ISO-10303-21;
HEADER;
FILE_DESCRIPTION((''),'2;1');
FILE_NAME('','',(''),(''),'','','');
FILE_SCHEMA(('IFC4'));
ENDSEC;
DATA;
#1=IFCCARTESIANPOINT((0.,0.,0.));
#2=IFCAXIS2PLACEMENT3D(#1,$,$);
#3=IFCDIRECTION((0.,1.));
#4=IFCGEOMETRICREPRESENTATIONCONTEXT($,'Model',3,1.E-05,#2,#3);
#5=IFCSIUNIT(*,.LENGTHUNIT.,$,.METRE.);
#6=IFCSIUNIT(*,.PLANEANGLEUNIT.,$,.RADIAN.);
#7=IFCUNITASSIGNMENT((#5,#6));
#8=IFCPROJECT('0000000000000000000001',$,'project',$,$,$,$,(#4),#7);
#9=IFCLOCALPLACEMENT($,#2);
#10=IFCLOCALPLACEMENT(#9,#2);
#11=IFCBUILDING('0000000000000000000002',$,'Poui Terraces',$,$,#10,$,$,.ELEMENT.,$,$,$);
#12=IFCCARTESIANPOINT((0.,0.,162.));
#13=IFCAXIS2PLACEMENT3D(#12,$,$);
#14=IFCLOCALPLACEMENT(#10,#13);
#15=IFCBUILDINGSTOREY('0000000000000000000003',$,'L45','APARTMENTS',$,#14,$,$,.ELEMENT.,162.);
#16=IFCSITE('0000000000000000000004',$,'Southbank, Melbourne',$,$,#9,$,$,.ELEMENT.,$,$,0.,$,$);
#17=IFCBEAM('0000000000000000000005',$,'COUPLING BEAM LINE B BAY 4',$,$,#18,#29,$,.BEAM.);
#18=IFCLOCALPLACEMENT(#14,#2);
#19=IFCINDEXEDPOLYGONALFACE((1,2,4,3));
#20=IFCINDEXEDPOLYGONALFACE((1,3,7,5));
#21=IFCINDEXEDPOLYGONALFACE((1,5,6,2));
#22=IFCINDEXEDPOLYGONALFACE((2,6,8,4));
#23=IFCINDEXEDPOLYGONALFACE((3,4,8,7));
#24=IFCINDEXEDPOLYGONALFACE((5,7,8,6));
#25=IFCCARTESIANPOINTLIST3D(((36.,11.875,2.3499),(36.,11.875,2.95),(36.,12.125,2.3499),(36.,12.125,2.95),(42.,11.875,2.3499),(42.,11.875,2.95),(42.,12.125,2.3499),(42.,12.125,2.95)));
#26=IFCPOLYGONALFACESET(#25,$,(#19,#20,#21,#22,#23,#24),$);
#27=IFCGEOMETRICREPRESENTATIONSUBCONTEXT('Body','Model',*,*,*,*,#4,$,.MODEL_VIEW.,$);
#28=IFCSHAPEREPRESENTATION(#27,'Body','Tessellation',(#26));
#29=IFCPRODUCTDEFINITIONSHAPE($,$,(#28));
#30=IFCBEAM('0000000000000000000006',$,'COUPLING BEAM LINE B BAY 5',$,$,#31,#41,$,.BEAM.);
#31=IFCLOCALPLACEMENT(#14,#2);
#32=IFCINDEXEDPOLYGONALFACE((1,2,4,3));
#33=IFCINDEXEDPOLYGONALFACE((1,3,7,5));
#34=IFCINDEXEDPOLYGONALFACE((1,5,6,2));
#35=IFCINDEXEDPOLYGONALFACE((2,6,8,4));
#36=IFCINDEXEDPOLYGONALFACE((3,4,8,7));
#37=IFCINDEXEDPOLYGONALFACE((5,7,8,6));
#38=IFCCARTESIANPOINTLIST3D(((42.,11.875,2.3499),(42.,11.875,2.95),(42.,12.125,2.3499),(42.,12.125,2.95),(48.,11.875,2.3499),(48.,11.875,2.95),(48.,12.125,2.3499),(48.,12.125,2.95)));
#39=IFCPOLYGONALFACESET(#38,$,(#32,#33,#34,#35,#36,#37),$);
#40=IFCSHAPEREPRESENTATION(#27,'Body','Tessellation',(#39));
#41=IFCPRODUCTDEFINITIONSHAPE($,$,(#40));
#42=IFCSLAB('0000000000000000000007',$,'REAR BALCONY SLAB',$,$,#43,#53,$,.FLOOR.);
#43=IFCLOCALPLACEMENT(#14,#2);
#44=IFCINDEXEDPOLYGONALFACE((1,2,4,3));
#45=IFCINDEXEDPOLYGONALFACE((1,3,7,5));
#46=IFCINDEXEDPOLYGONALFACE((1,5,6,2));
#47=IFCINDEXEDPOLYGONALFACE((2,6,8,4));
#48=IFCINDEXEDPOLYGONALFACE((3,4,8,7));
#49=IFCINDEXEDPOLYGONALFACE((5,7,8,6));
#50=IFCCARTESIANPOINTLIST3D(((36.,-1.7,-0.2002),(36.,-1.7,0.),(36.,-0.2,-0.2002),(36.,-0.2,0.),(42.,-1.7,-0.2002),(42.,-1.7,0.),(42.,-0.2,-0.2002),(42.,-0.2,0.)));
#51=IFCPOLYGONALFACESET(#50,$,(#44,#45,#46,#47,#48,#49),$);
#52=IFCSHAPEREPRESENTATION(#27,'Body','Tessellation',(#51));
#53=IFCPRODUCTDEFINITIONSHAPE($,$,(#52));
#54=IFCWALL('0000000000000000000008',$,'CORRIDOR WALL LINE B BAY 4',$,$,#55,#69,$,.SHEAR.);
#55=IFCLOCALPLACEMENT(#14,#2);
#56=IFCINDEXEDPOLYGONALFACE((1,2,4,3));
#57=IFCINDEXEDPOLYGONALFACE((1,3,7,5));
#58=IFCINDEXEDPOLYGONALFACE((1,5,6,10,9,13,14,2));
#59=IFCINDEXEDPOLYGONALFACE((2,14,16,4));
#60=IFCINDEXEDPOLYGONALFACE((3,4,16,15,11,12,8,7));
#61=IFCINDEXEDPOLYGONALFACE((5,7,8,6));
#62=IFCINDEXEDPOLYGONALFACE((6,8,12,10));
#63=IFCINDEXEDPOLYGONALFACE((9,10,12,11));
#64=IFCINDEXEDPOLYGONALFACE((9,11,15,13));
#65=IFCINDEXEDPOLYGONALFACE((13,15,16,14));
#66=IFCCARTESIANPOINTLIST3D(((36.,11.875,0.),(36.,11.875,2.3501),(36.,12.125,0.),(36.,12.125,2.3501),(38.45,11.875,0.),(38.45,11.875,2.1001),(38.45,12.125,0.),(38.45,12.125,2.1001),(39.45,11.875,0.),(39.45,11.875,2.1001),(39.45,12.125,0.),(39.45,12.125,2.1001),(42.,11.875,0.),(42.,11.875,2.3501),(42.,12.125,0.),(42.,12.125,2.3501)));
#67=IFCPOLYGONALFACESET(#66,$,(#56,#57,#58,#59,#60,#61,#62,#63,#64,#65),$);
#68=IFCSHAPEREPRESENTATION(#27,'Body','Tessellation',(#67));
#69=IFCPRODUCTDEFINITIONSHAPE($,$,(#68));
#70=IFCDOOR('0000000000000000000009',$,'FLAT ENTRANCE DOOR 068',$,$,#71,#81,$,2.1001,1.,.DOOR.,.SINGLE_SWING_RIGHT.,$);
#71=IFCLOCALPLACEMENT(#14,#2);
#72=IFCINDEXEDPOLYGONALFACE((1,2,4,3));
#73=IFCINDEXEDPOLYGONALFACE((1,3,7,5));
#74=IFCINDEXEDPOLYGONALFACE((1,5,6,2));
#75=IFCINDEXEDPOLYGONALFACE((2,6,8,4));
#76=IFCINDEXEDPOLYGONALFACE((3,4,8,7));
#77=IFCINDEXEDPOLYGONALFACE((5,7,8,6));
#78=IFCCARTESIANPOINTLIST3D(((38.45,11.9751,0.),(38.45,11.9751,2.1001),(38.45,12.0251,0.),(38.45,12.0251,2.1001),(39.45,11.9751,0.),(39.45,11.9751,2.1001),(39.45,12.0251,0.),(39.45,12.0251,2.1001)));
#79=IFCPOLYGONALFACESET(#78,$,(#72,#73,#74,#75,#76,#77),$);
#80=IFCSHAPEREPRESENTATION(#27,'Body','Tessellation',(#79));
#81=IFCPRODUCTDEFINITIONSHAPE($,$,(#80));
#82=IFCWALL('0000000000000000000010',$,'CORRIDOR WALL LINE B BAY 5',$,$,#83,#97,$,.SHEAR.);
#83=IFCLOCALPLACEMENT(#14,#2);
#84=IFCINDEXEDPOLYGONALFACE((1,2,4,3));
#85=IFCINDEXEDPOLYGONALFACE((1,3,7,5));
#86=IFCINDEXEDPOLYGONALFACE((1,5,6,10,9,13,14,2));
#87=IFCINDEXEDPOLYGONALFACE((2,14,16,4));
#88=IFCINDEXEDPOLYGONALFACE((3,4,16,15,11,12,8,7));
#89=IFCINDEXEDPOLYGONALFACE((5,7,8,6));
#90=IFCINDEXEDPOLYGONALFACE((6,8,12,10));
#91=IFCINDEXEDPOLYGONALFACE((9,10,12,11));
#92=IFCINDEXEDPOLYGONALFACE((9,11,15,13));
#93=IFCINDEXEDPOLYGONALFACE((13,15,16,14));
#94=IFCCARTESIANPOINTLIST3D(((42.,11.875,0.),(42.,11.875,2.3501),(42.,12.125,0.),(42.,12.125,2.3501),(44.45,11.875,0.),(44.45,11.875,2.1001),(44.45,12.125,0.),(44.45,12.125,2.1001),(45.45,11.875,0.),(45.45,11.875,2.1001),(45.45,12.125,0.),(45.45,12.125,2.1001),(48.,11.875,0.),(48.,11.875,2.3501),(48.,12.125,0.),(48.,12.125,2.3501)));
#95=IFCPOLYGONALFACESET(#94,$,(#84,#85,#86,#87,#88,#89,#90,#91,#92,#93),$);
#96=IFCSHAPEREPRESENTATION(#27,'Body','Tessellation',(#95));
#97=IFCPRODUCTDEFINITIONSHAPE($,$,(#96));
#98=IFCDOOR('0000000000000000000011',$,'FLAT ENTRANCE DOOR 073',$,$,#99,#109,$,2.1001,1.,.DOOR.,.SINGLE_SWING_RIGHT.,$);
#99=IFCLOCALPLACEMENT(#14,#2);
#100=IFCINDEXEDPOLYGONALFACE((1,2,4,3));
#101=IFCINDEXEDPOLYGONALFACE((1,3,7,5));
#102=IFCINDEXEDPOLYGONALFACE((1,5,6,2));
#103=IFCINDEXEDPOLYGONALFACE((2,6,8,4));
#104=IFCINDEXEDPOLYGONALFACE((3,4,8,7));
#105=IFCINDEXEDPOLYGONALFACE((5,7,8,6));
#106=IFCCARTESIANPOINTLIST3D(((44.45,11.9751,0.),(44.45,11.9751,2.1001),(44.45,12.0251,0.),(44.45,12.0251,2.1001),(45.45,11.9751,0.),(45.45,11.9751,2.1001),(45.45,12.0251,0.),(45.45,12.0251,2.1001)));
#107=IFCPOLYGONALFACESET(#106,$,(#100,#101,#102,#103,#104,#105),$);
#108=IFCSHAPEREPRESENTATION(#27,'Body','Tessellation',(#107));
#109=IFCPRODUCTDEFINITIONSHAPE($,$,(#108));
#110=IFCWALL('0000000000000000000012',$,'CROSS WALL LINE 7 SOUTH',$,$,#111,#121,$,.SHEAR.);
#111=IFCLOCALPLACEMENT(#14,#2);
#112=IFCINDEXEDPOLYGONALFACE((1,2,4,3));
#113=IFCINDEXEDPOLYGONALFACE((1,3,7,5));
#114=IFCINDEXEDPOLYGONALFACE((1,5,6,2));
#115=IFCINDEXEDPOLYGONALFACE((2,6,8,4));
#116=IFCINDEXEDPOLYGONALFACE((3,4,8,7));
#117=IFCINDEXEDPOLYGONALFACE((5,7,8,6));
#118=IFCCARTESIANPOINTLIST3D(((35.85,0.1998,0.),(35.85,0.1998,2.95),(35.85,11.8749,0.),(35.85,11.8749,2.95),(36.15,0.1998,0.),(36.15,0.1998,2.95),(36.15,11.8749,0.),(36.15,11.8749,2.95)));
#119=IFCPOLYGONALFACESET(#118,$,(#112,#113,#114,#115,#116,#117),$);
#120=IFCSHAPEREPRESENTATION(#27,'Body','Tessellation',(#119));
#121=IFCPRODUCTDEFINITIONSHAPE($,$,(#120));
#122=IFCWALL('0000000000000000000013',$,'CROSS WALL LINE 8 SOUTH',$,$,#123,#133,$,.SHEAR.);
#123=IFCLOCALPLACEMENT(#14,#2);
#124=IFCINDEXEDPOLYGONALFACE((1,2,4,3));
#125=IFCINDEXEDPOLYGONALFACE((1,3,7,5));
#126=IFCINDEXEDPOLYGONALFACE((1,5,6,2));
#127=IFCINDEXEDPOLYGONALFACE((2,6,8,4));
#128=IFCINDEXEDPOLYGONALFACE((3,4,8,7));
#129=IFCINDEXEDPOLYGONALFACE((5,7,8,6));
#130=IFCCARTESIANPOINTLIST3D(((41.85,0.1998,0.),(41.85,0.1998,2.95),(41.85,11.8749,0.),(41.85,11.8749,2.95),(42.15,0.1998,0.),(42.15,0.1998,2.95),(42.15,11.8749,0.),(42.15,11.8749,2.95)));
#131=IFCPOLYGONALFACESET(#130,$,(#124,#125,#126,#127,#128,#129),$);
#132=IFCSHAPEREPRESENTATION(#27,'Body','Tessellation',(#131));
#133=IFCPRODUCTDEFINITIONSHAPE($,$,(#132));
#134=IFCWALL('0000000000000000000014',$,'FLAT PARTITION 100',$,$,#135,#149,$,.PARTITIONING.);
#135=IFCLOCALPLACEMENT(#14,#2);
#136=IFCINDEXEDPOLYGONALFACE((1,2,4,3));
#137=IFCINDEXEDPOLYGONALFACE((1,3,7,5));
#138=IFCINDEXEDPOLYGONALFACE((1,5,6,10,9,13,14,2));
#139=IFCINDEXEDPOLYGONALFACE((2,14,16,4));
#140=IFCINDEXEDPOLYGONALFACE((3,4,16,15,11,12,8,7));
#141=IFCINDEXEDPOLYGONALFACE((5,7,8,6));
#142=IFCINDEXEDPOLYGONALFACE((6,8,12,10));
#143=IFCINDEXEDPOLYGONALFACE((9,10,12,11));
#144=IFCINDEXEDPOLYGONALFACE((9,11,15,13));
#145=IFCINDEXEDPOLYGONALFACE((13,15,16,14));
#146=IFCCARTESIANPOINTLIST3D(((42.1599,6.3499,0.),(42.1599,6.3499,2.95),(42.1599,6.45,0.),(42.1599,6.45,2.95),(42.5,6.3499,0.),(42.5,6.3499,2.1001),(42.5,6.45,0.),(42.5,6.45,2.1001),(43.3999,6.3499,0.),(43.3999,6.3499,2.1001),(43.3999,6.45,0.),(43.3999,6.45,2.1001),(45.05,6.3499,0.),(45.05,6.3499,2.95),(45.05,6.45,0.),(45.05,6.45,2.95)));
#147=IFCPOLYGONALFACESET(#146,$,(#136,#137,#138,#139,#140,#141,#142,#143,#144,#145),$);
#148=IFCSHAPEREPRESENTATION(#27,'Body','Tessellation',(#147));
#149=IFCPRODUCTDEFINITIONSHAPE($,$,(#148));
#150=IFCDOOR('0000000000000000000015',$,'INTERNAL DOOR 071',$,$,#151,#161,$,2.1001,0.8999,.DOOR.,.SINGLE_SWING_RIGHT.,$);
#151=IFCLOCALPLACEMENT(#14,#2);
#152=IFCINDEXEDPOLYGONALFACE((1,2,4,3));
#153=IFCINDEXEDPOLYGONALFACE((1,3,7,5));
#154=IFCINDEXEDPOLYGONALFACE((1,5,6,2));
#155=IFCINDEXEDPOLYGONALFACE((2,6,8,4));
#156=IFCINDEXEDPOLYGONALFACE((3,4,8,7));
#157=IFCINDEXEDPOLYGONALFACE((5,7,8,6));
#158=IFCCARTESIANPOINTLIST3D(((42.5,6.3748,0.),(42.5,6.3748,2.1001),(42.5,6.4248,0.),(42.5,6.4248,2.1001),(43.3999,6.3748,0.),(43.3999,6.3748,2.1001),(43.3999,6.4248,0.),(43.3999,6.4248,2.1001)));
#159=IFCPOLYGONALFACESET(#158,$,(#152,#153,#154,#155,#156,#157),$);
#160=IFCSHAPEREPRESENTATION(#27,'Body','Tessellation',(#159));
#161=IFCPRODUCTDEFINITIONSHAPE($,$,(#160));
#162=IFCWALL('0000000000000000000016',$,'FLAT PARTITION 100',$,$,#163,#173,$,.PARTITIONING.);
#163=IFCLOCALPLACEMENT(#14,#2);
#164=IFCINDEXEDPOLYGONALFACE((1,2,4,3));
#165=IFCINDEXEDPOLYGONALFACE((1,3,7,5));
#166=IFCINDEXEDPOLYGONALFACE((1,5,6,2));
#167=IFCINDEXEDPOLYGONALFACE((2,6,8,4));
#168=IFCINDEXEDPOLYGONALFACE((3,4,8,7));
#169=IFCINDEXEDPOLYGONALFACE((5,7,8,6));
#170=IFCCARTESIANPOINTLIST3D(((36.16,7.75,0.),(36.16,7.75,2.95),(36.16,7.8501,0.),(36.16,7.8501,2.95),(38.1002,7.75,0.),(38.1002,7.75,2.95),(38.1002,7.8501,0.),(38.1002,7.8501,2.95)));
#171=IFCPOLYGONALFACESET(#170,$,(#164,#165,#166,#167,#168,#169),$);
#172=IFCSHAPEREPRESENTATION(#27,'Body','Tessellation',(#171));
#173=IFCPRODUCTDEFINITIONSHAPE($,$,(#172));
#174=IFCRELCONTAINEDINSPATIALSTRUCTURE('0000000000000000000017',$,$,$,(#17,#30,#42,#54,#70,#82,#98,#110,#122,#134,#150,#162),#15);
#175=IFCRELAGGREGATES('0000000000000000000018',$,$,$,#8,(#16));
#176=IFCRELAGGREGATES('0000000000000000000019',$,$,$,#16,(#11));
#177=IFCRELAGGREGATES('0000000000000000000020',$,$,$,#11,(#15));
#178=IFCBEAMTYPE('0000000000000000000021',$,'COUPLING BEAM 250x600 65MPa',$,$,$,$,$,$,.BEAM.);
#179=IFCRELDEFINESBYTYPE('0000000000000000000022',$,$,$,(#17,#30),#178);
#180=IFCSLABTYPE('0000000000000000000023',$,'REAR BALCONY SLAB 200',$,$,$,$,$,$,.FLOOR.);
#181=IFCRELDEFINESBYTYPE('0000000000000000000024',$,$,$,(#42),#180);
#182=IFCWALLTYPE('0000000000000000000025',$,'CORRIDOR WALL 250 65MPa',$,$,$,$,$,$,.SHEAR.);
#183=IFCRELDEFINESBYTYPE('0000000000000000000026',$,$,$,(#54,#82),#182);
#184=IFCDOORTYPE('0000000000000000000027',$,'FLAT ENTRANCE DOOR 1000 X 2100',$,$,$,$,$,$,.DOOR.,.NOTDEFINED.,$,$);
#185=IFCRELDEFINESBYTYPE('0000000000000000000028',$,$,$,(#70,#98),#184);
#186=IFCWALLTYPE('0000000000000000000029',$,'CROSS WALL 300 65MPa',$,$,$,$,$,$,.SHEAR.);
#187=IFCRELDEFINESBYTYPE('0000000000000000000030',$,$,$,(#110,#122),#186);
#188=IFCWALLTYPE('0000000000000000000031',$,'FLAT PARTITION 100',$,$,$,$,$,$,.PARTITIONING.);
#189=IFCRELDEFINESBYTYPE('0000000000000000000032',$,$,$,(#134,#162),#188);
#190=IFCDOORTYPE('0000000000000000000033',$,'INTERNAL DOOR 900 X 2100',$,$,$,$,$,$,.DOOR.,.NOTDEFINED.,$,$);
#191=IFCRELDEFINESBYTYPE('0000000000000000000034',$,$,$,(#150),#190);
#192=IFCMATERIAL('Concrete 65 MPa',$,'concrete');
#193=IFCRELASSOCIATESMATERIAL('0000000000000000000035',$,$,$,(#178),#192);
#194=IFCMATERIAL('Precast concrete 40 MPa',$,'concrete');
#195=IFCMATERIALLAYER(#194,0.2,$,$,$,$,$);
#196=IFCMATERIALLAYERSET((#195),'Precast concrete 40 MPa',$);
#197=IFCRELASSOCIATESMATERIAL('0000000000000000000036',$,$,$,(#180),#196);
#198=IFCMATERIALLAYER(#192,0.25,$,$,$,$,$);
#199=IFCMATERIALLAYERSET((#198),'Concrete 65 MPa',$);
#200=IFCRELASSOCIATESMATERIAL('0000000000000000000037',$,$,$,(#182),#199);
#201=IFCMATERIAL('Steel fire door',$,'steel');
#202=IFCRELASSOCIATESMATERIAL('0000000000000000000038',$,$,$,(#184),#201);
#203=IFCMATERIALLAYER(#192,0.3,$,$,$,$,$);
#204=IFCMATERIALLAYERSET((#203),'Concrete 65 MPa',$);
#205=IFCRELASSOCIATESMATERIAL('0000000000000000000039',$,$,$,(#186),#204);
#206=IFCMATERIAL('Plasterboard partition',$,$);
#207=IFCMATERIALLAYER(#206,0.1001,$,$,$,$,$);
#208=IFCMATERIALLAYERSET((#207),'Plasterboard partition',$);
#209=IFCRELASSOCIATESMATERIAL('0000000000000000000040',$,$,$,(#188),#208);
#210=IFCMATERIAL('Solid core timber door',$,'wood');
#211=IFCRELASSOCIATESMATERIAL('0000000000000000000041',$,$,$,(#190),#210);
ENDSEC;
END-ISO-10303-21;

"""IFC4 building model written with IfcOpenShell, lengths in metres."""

from ifc_helpers import new_model, si_unit, direction, frame, frame_2d, origin, origin_2d, place, context, subcontext, project, spatial, polyline, rectangle, outline, extrude, source, transform, mapped, material, layer, layer_set, material_profile, profile_set, type_object, element, fill, save


model = new_model("IFC4")

# Units and contexts
model_context = context("Model", 3, precision=1e-05, world=origin(), true_north=direction((0.0, 1.0)))
body_context = subcontext(model_context, "Body", "Model", "MODEL_VIEW")
ifc_project = project(units=[si_unit("LENGTHUNIT", "METRE"), si_unit("PLANEANGLEUNIT", "RADIAN")], contexts=[model_context])

# Site, building, storey
site_placement = place(None, origin())
site = spatial("IfcSite", under=ifc_project, at=site_placement, Name="Southbank, Melbourne", CompositionType="ELEMENT", RefElevation=0.0)
building_placement = place(site_placement, origin())
building = spatial("IfcBuilding", under=site, at=building_placement, Name="Poui Terraces", CompositionType="ELEMENT")
storey_placement = place(building_placement, frame((0.0, 0.0, 162.0)))
storey = spatial("IfcBuildingStorey", under=building, at=storey_placement, Name="L45", Description="APARTMENTS", CompositionType="ELEMENT", Elevation=162.0)

# Beams
ifc_material_1 = material(Name="Concrete 65 MPa", Category="concrete")
ifc_material_profile_1 = material_profile(ifc_material_1, rectangle(XDim=0.25, YDim=0.6001, at=origin_2d()), Name="RC 250x600")
ifc_profile_set_1 = profile_set([ifc_material_profile_1], Name="Concrete 65 MPa")
beam_type = type_object("IfcBeamType", Name="COUPLING BEAM 250x600 65MPa", PredefinedType="BEAM", material=ifc_profile_set_1)
shared_shape_1 = source(origin(), body_context, "Body", "SweptSolid", [
    extrude(rectangle(XDim=0.25, YDim=0.6001, at=origin_2d()), origin(), (0.0, 0.0, 1.0), 6.0),
])
for number, where, z_axis, x_axis, name in (
    (1, (36.0, 12.0, 2.6499), (1.0, 0.0, 0.0), (0.0, 1.0, 0.0), "COUPLING BEAM LINE B BAY 4"),
    (2, (42.0, 12.0, 2.6499), (1.0, 0.0, 0.0), (0.0, 1.0, 0.0), "COUPLING BEAM LINE B BAY 5"),
):
    element("IfcBeam", number, at=place(storey_placement, frame(where, z_axis=z_axis, x_axis=x_axis)), inside=storey, type_object=beam_type, Name=name, PredefinedType="BEAM", context=body_context, shape_type="MappedRepresentation", body=[
        mapped(shared_shape_1, transform((0.0, 0.0, 0.0))),
    ])

# Slab
ifc_material_2 = material(Name="Precast concrete 40 MPa", Category="concrete")
ifc_layer_1 = layer(ifc_material_2, 0.2)
ifc_layer_set_1 = layer_set([ifc_layer_1], Name="Precast concrete 40 MPa")
slab_type = type_object("IfcSlabType", Name="REAR BALCONY SLAB 200", PredefinedType="FLOOR", material=ifc_layer_set_1)
shared_shape_2 = source(origin(), body_context, "Body", "SweptSolid", [
    extrude(outline(polyline([(0.0, 0.0), (6.0, 0.0), (6.0, 1.5), (0.0, 1.5), (0.0, 0.0)])), origin(), (0.0, 0.0, 1.0), 0.2002),
])
slab_placement = place(storey_placement, frame((36.0, -1.7, -0.2002)))
element("IfcSlab", 3, at=slab_placement, inside=storey, type_object=slab_type, Name="REAR BALCONY SLAB", PredefinedType="FLOOR", context=body_context, shape_type="MappedRepresentation", body=[
    mapped(shared_shape_2, transform((0.0, 0.0, 0.0))),
])

# Walls, openings, doors
ifc_layer_2 = layer(ifc_material_1, 0.25)
ifc_layer_set_2 = layer_set([ifc_layer_2], Name="Concrete 65 MPa")
wall_type_1 = type_object("IfcWallType", Name="CORRIDOR WALL 250 65MPa", PredefinedType="SHEAR", material=ifc_layer_set_2)
wall_1_placement = place(storey_placement, frame((36.0, 12.0, 0.0), z_axis=(0.0, 0.0, 1.0), x_axis=(1.0, 0.0, 0.0)))
wall_1 = element("IfcWall", 4, at=wall_1_placement, inside=storey, type_object=wall_type_1, Name="CORRIDOR WALL LINE B BAY 4", PredefinedType="SHEAR", context=body_context, shape_type="SweptSolid", body=[
    extrude(rectangle(XDim=6.0, YDim=0.25, at=frame_2d((3.0, 0.0))), origin(), (0.0, 0.0, 1.0), 2.3501),
])
opening_1_placement = place(wall_1_placement, frame((2.45, 0.0, 0.0)))
opening_1 = element("IfcOpeningElement", 5, at=opening_1_placement, cuts=wall_1, PredefinedType="OPENING", context=body_context, shape_type="SweptSolid", body=[
    extrude(rectangle(XDim=1.0, YDim=2.1001, at=frame_2d((0.5, 1.05))), frame((0.0, 0.135, 0.0), z_axis=(0.0, -1.0, 0.0), x_axis=(1.0, 0.0, 0.0)), (0.0, 0.0, 1.0), 0.27),
])
ifc_material_3 = material(Name="Steel fire door", Category="steel")
door_type_1 = type_object("IfcDoorType", Name="FLAT ENTRANCE DOOR 1000 X 2100", OperationType="NOTDEFINED", PredefinedType="DOOR", material=ifc_material_3)
door_1_placement = place(opening_1_placement, frame((1.0, 0.0, 0.0), z_axis=(0.0, 0.0, 1.0), x_axis=(-1.0, 0.0, 0.0)))
door_1 = element("IfcDoor", 6, at=door_1_placement, inside=storey, type_object=door_type_1, Name="FLAT ENTRANCE DOOR 068", OperationType="SINGLE_SWING_RIGHT", OverallHeight=2.1001, OverallWidth=1.0, PredefinedType="DOOR", context=body_context, shape_type="SweptSolid", body=[
    extrude(rectangle(XDim=1.0, YDim=2.1001, at=frame_2d((0.5, 1.05))), frame((0.0, 0.0249, 0.0), z_axis=(0.0, -1.0, 0.0), x_axis=(1.0, 0.0, 0.0)), (0.0, 0.0, 1.0), 0.05),
])
fill(opening_1, door_1)
wall_2_placement = place(storey_placement, frame((42.0, 12.0, 0.0), z_axis=(0.0, 0.0, 1.0), x_axis=(1.0, 0.0, 0.0)))
wall_2 = element("IfcWall", 7, at=wall_2_placement, inside=storey, type_object=wall_type_1, Name="CORRIDOR WALL LINE B BAY 5", PredefinedType="SHEAR", context=body_context, shape_type="SweptSolid", body=[
    extrude(rectangle(XDim=6.0, YDim=0.25, at=frame_2d((3.0, 0.0))), origin(), (0.0, 0.0, 1.0), 2.3501),
])
opening_2_placement = place(wall_2_placement, frame((2.45, 0.0, 0.0)))
opening_2 = element("IfcOpeningElement", 8, at=opening_2_placement, cuts=wall_2, PredefinedType="OPENING", context=body_context, shape_type="SweptSolid", body=[
    extrude(rectangle(XDim=1.0, YDim=2.1001, at=frame_2d((0.5, 1.05))), frame((0.0, 0.135, 0.0), z_axis=(0.0, -1.0, 0.0), x_axis=(1.0, 0.0, 0.0)), (0.0, 0.0, 1.0), 0.27),
])
door_2_placement = place(opening_2_placement, frame((1.0, 0.0, 0.0), z_axis=(0.0, 0.0, 1.0), x_axis=(-1.0, 0.0, 0.0)))
door_2 = element("IfcDoor", 9, at=door_2_placement, inside=storey, type_object=door_type_1, Name="FLAT ENTRANCE DOOR 073", OperationType="SINGLE_SWING_RIGHT", OverallHeight=2.1001, OverallWidth=1.0, PredefinedType="DOOR", context=body_context, shape_type="SweptSolid", body=[
    extrude(rectangle(XDim=1.0, YDim=2.1001, at=frame_2d((0.5, 1.05))), frame((0.0, 0.0249, 0.0), z_axis=(0.0, -1.0, 0.0), x_axis=(1.0, 0.0, 0.0)), (0.0, 0.0, 1.0), 0.05),
])
fill(opening_2, door_2)

# Walls
ifc_layer_3 = layer(ifc_material_1, 0.3)
ifc_layer_set_3 = layer_set([ifc_layer_3], Name="Concrete 65 MPa")
wall_type_2 = type_object("IfcWallType", Name="CROSS WALL 300 65MPa", PredefinedType="SHEAR", material=ifc_layer_set_3)
for number, where, z_axis, x_axis, name in (
    (10, (36.0, 0.2, 0.0), (0.0, 0.0, 1.0), (0.0, 1.0, 0.0), "CROSS WALL LINE 7 SOUTH"),
    (11, (42.0, 0.2, 0.0), (0.0, 0.0, 1.0), (0.0, 1.0, 0.0), "CROSS WALL LINE 8 SOUTH"),
):
    element("IfcWall", number, at=place(storey_placement, frame(where, z_axis=z_axis, x_axis=x_axis)), inside=storey, type_object=wall_type_2, Name=name, PredefinedType="SHEAR", context=body_context, shape_type="SweptSolid", body=[
        extrude(rectangle(XDim=11.675, YDim=0.3, at=frame_2d((5.8374, 0.0))), origin(), (0.0, 0.0, 1.0), 2.95),
    ])

# Wall, opening, door
ifc_material_4 = material(Name="Plasterboard partition")
ifc_layer_4 = layer(ifc_material_4, 0.1001)
ifc_layer_set_4 = layer_set([ifc_layer_4], Name="Plasterboard partition")
wall_type_3 = type_object("IfcWallType", Name="FLAT PARTITION 100", PredefinedType="PARTITIONING", material=ifc_layer_set_4)
wall_3_placement = place(storey_placement, frame((42.1599, 6.3999, 0.0), z_axis=(0.0, 0.0, 1.0), x_axis=(1.0, 0.0, 0.0)))
wall_3 = element("IfcWall", 12, at=wall_3_placement, inside=storey, type_object=wall_type_3, Name="FLAT PARTITION 100", PredefinedType="PARTITIONING", context=body_context, shape_type="SweptSolid", body=[
    extrude(rectangle(XDim=2.8901, YDim=0.1001, at=frame_2d((1.4451, 0.0))), origin(), (0.0, 0.0, 1.0), 2.95),
])
opening_3_placement = place(wall_3_placement, frame((0.3401, 0.0, 0.0)))
opening_3 = element("IfcOpeningElement", 13, at=opening_3_placement, cuts=wall_3, PredefinedType="OPENING", context=body_context, shape_type="SweptSolid", body=[
    extrude(rectangle(XDim=0.8999, YDim=2.1001, at=frame_2d((0.45, 1.05))), frame((0.0, 0.0601, 0.0), z_axis=(0.0, -1.0, 0.0), x_axis=(1.0, 0.0, 0.0)), (0.0, 0.0, 1.0), 0.1201),
])
ifc_material_5 = material(Name="Solid core timber door", Category="wood")
door_type_2 = type_object("IfcDoorType", Name="INTERNAL DOOR 900 X 2100", OperationType="NOTDEFINED", PredefinedType="DOOR", material=ifc_material_5)
door_3_placement = place(opening_3_placement, origin())
door_3 = element("IfcDoor", 14, at=door_3_placement, inside=storey, type_object=door_type_2, Name="INTERNAL DOOR 071", OperationType="SINGLE_SWING_RIGHT", OverallHeight=2.1001, OverallWidth=0.8999, PredefinedType="DOOR", context=body_context, shape_type="SweptSolid", body=[
    extrude(rectangle(XDim=0.8999, YDim=2.1001, at=frame_2d((0.45, 1.05))), frame((0.0, 0.0249, 0.0), z_axis=(0.0, -1.0, 0.0), x_axis=(1.0, 0.0, 0.0)), (0.0, 0.0, 1.0), 0.05),
])
fill(opening_3, door_3)

# Wall
wall_4_placement = place(storey_placement, frame((36.1599, 7.8, 0.0), z_axis=(0.0, 0.0, 1.0), x_axis=(1.0, 0.0, 0.0)))
element("IfcWall", 15, at=wall_4_placement, inside=storey, type_object=wall_type_3, Name="FLAT PARTITION 100", PredefinedType="PARTITIONING", context=body_context, shape_type="SweptSolid", body=[
    extrude(rectangle(XDim=1.9402, YDim=0.1001, at=frame_2d((0.9702, 0.0))), origin(), (0.0, 0.0, 1.0), 2.95),
])

save(model, "model.ifc")
